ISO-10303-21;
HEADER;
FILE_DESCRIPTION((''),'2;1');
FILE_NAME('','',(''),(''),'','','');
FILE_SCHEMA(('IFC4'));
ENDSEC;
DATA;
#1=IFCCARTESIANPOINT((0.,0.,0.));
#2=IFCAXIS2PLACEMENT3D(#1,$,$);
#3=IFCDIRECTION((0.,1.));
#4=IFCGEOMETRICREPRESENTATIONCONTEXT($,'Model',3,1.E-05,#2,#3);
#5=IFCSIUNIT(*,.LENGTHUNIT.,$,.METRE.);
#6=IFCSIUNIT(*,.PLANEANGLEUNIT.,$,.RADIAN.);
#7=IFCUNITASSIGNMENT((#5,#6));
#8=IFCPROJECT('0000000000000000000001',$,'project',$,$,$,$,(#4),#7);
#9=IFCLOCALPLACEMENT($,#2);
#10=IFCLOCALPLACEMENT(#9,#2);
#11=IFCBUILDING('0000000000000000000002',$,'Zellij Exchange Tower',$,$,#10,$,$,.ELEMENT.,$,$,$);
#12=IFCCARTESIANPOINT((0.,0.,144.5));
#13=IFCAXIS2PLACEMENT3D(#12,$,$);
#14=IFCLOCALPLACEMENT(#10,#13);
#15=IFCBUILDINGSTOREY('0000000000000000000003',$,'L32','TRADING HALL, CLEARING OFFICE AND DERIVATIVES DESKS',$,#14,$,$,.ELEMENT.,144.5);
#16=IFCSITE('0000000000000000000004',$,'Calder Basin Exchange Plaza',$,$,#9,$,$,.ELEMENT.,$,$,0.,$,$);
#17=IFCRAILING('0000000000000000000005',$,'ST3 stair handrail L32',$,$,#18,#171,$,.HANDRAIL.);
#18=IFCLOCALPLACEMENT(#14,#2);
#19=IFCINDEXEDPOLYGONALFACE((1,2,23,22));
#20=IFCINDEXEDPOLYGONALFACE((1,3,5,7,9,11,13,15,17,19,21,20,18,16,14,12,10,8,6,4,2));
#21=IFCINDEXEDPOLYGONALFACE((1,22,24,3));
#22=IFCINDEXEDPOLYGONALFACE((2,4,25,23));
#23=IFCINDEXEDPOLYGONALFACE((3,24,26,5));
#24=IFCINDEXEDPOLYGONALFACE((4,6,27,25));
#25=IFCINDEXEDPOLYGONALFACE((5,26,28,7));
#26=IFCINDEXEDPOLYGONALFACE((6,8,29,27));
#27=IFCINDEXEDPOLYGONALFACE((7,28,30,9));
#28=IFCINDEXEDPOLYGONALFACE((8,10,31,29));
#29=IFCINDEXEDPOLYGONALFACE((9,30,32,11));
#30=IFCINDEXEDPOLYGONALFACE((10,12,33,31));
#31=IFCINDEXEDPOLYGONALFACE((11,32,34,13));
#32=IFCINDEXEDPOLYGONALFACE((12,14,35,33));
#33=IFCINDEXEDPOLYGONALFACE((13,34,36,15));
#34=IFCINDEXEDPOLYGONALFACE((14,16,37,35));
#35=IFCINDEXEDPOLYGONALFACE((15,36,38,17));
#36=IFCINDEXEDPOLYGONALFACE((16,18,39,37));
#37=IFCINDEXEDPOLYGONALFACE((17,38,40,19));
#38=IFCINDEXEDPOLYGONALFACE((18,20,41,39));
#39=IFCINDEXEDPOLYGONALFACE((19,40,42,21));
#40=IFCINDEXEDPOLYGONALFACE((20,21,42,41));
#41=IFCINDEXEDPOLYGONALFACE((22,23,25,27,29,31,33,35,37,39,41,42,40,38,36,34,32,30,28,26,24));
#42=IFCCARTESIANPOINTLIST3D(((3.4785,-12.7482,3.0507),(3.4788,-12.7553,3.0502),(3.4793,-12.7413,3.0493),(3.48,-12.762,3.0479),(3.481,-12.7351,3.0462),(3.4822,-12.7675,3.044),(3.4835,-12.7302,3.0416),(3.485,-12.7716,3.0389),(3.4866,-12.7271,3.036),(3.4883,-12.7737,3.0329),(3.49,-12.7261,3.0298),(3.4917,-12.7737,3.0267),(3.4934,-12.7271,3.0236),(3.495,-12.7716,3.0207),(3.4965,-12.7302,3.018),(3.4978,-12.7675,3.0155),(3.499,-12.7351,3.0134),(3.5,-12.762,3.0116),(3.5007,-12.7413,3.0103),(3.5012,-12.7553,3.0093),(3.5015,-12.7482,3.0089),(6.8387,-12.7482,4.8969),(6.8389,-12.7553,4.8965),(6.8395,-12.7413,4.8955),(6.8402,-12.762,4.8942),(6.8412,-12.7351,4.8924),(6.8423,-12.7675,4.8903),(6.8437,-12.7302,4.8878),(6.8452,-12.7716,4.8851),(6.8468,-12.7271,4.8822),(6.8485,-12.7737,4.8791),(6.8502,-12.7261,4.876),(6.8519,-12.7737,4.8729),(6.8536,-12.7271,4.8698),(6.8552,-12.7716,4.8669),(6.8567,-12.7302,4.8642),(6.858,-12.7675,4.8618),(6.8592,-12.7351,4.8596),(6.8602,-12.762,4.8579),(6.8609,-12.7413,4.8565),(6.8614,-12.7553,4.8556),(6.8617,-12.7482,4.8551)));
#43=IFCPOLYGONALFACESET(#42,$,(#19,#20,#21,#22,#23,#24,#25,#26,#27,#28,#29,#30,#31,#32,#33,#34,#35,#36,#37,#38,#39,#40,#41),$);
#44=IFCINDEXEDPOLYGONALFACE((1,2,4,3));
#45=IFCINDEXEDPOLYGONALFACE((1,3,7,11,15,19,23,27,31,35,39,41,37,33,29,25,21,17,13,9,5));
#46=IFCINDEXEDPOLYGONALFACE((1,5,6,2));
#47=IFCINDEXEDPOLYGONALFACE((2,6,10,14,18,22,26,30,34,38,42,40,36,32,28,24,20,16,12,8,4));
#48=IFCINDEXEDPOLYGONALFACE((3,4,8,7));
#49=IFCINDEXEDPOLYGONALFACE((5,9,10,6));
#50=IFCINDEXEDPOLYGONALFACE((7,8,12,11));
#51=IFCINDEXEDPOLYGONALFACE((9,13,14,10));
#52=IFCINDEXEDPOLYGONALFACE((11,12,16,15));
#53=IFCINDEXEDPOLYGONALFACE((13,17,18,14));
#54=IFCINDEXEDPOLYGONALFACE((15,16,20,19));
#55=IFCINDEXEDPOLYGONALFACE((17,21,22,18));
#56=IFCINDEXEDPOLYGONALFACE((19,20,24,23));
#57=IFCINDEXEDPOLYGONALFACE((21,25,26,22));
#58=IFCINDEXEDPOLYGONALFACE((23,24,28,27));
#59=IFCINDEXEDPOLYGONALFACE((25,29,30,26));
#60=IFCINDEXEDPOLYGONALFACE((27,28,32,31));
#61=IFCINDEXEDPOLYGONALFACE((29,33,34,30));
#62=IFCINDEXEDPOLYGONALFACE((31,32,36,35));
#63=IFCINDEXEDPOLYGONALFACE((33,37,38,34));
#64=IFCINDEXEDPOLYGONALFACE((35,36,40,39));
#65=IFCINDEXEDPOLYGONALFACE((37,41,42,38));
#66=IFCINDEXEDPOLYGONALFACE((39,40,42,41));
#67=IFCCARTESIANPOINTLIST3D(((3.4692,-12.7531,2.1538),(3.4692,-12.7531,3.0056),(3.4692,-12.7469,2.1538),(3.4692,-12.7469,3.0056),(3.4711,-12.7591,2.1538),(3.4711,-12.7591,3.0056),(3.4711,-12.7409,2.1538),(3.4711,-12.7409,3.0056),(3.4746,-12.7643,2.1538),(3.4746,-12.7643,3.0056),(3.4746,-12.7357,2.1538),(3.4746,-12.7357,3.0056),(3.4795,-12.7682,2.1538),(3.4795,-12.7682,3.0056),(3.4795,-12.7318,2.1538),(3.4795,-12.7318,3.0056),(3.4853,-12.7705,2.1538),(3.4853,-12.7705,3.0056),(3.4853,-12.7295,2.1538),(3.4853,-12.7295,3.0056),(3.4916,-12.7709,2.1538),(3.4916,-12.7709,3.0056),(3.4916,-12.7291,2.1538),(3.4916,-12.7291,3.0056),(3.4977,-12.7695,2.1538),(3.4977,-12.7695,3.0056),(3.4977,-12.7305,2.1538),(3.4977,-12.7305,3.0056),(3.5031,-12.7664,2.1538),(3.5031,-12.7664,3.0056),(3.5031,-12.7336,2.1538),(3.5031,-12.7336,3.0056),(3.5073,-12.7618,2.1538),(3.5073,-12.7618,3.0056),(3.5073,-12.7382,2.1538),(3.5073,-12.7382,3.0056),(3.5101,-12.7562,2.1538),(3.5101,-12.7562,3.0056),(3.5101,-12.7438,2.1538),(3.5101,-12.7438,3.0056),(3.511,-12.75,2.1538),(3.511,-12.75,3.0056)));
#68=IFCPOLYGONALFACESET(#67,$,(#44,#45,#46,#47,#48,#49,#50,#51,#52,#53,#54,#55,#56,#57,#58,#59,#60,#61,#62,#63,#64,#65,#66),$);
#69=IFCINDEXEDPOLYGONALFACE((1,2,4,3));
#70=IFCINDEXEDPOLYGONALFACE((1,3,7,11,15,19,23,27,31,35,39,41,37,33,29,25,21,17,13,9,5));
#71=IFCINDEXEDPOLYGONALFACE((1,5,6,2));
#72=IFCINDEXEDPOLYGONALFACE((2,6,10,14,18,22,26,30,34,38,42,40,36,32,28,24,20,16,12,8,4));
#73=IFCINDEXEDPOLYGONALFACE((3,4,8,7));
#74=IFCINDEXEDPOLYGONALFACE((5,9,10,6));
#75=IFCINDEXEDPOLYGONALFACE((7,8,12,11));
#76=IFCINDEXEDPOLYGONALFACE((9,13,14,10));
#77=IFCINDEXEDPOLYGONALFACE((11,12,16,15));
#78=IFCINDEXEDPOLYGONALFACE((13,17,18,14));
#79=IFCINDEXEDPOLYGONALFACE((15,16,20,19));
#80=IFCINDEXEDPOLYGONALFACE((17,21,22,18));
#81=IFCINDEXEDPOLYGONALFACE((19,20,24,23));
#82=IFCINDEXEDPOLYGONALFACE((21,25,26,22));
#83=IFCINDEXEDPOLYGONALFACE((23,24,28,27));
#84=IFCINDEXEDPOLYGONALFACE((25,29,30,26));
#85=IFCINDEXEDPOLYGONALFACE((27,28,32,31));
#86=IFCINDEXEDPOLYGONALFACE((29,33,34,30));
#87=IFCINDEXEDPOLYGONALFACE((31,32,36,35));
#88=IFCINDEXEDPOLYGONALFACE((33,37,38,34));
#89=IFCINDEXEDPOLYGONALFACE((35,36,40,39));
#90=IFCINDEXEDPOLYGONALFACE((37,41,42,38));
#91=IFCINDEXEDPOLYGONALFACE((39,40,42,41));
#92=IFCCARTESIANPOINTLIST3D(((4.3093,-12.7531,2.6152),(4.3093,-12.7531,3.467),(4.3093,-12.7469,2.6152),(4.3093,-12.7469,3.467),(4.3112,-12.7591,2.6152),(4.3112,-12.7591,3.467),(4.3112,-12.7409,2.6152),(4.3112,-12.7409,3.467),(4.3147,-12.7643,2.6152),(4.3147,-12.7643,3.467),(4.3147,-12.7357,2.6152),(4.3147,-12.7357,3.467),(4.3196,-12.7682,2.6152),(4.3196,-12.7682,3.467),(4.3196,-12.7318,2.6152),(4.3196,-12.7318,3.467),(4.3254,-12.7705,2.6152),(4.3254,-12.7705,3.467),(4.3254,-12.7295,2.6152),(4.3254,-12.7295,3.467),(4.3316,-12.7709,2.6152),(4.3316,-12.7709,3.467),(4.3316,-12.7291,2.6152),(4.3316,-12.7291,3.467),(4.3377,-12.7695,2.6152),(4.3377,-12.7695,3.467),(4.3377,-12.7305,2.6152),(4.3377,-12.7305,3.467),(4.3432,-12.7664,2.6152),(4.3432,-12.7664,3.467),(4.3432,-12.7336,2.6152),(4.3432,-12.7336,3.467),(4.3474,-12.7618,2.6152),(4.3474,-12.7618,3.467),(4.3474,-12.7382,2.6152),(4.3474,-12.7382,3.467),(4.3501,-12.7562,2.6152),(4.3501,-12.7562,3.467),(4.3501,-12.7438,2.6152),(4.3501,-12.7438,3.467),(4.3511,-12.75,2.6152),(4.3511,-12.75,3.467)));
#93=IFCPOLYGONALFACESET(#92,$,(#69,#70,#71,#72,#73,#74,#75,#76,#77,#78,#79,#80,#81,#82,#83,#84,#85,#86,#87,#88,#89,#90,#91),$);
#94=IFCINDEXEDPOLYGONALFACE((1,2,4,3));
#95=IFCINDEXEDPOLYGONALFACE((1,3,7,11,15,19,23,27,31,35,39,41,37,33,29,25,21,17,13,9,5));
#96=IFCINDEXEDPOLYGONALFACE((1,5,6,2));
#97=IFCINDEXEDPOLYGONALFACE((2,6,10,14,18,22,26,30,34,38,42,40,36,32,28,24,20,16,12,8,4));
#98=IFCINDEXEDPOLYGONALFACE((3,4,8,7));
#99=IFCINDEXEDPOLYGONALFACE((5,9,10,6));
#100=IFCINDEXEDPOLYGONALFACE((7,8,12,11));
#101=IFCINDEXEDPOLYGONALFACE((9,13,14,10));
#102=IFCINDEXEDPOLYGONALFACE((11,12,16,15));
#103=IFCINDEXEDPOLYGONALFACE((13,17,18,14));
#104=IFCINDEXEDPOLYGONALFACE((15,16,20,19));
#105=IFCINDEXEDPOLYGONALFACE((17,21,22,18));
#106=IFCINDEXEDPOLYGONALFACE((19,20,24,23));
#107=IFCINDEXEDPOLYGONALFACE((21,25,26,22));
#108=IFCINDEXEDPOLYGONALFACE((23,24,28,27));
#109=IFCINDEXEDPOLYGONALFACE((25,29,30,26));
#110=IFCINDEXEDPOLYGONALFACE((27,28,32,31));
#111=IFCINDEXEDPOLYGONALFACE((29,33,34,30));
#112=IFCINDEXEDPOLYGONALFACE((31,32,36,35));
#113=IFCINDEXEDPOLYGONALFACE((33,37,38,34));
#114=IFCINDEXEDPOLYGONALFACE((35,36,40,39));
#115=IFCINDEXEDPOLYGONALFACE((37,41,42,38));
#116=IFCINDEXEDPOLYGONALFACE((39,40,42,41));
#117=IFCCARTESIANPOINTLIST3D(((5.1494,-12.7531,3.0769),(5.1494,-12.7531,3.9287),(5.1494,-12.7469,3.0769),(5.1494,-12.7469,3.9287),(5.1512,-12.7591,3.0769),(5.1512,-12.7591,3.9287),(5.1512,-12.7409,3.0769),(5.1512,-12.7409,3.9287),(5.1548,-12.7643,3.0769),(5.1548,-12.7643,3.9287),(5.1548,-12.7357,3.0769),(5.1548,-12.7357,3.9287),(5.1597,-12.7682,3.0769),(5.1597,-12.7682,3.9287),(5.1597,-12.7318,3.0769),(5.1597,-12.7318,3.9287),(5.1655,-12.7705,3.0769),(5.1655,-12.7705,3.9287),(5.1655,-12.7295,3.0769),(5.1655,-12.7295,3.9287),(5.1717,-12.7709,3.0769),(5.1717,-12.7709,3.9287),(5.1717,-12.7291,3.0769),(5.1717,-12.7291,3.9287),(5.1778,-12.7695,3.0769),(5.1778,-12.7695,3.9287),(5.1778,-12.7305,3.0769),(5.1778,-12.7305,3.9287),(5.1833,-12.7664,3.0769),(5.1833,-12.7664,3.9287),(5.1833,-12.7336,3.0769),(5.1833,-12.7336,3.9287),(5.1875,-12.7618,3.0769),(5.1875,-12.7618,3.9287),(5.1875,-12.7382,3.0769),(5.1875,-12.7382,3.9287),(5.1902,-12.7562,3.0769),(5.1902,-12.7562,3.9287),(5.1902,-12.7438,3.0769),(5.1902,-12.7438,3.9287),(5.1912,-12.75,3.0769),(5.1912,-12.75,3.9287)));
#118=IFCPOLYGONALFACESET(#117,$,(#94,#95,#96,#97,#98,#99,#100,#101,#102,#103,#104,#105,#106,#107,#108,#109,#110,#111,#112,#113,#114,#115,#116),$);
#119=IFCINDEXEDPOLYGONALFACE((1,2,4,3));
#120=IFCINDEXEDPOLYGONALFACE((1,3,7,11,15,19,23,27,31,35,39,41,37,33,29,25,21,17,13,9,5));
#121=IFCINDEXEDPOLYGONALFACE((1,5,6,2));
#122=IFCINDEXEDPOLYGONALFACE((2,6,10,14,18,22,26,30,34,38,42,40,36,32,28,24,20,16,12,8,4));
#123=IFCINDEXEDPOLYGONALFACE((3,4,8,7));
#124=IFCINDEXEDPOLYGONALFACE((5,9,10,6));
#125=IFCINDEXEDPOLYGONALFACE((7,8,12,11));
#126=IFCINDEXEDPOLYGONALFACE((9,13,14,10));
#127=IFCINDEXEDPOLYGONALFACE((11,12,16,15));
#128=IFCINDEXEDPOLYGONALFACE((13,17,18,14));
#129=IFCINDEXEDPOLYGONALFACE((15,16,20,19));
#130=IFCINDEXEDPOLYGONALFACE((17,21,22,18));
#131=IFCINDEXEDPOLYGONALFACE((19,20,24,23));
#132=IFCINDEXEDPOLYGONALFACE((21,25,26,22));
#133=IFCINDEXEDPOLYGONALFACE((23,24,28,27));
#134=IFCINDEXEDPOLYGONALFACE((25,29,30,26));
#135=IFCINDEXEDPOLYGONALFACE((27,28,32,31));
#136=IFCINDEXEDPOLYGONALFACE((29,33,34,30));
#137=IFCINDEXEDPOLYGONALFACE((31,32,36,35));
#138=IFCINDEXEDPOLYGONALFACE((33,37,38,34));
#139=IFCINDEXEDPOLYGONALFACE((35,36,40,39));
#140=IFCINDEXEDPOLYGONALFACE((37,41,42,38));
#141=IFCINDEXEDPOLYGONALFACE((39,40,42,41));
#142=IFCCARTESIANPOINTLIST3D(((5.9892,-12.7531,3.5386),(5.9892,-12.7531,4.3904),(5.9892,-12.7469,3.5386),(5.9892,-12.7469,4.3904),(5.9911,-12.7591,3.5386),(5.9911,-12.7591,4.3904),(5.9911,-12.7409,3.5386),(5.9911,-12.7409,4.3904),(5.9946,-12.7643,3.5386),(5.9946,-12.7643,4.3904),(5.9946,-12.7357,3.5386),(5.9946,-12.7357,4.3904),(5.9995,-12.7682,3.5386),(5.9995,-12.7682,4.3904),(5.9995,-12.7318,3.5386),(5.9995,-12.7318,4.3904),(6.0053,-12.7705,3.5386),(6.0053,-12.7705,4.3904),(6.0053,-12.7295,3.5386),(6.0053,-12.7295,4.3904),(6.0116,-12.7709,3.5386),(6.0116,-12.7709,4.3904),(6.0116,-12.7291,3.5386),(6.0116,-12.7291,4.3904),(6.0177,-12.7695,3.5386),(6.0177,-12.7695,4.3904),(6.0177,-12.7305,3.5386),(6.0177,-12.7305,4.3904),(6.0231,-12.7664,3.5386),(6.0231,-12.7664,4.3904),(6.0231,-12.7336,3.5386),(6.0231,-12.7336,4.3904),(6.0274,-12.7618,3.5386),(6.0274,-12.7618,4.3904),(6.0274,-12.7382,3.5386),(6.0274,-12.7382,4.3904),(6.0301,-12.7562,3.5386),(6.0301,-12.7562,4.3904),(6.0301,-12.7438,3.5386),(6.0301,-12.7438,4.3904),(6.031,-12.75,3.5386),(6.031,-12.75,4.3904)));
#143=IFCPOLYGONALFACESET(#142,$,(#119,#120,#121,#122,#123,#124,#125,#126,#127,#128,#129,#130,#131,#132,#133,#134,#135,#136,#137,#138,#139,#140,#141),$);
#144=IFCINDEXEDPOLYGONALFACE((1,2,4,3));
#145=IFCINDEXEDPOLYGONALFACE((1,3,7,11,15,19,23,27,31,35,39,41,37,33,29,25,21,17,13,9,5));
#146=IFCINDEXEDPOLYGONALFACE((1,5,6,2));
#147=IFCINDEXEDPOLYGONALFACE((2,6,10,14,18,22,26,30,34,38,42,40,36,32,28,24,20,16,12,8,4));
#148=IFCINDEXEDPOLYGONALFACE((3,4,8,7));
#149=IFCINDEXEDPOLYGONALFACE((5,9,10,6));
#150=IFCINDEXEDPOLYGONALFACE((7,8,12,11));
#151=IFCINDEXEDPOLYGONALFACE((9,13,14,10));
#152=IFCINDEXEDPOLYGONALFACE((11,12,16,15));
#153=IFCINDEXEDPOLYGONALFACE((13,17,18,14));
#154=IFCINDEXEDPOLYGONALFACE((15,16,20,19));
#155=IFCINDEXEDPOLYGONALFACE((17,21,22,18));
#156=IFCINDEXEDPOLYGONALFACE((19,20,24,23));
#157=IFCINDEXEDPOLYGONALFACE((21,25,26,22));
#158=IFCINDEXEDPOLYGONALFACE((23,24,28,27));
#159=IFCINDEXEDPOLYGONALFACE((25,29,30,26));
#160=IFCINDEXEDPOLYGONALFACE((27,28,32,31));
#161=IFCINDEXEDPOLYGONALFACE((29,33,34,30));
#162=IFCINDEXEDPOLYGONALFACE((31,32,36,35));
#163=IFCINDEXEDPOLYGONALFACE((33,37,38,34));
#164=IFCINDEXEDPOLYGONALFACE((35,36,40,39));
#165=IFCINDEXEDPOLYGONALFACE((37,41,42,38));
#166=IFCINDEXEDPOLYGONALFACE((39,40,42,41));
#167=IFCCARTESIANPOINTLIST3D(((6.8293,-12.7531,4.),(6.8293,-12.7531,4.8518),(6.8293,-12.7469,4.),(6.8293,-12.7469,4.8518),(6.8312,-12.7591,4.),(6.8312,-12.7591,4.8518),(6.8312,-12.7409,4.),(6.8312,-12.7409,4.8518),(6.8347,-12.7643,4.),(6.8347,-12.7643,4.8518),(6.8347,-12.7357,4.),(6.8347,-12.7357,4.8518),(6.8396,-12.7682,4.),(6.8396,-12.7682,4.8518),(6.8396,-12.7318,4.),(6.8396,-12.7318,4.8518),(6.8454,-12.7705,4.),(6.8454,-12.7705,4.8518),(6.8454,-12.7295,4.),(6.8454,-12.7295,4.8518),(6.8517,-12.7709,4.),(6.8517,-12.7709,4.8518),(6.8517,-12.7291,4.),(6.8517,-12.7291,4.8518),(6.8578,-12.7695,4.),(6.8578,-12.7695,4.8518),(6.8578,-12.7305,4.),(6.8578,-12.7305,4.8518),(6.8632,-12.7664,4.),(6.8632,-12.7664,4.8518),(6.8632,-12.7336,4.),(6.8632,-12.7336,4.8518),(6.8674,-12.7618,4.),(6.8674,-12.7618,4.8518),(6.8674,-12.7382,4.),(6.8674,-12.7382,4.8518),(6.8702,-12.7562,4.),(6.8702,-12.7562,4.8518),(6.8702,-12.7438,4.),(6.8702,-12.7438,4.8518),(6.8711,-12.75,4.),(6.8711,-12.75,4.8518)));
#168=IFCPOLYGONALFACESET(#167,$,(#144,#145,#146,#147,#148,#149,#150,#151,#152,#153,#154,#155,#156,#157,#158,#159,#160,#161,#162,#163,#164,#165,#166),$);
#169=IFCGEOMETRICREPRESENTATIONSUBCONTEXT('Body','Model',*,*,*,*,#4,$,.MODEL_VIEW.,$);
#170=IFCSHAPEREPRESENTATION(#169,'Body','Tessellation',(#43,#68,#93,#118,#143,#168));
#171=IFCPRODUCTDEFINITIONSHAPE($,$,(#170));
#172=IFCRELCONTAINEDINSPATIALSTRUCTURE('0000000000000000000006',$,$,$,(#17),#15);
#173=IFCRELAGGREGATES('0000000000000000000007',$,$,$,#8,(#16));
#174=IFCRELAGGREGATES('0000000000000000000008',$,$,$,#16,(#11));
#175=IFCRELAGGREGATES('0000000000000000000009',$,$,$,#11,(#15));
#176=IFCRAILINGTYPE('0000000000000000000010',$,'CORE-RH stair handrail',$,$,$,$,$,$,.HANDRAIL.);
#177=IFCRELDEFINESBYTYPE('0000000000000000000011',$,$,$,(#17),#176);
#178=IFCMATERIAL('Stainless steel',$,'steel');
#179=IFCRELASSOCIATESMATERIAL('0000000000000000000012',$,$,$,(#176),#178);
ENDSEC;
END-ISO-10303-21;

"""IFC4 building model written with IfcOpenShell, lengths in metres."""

from ifc_helpers import new_model, si_unit, direction, frame, origin, origin_2d, place, context, subcontext, project, spatial, circle, extrude, material, type_object, element, save


model = new_model("IFC4")

# Units and contexts
model_context = context("Model", 3, precision=1e-05, world=origin(), true_north=direction((0.0, 1.0)))
body_context = subcontext(model_context, "Body", "Model", "MODEL_VIEW")
ifc_project = project(units=[si_unit("LENGTHUNIT", "METRE"), si_unit("PLANEANGLEUNIT", "RADIAN")], contexts=[model_context])

# Site, building, storey
site_placement = place(None, origin())
site = spatial("IfcSite", under=ifc_project, at=site_placement, Name="Calder Basin Exchange Plaza", CompositionType="ELEMENT", RefElevation=0.0)
building_placement = place(site_placement, origin())
building = spatial("IfcBuilding", under=site, at=building_placement, Name="Zellij Exchange Tower", CompositionType="ELEMENT")
storey_placement = place(building_placement, frame((0.0, 0.0, 144.5)))
storey = spatial("IfcBuildingStorey", under=building, at=storey_placement, Name="L32", Description="TRADING HALL, CLEARING OFFICE AND DERIVATIVES DESKS", CompositionType="ELEMENT", Elevation=144.5)

# Railing
ifc_material_1 = material(Name="Stainless steel", Category="steel")
railing_type_1 = type_object("IfcRailingType", Name="CORE-RH stair handrail", PredefinedType="HANDRAIL", material=ifc_material_1)
railing_1_placement = place(storey_placement, frame((3.49, -12.75, 2.1538)))
element("IfcRailing", 1, at=railing_1_placement, inside=storey, type_object=railing_type_1, Name="ST3 stair handrail L32", PredefinedType="HANDRAIL", context=body_context, shape_type="SweptSolid", body=[
    extrude(circle(Radius=0.0239, at=origin_2d()), frame((0.0, 0.0, 0.876), z_axis=(0.876422, 0.0, 0.481545), x_axis=(0.0, 1.0, 0.0)), (0.0, 0.0, 1.0), 3.834),
    extrude(circle(Radius=0.021, at=origin_2d()), origin(), (0.0, 0.0, 1.0), 0.8518),
    extrude(circle(Radius=0.021, at=origin_2d()), frame((0.8401, 0.0, 0.4614)), (0.0, 0.0, 1.0), 0.8518),
    extrude(circle(Radius=0.021, at=origin_2d()), frame((1.6802, 0.0, 0.9231)), (0.0, 0.0, 1.0), 0.8518),
    extrude(circle(Radius=0.021, at=origin_2d()), frame((2.52, 0.0, 1.3848)), (0.0, 0.0, 1.0), 0.8518),
    extrude(circle(Radius=0.021, at=origin_2d()), frame((3.3601, 0.0, 1.8462)), (0.0, 0.0, 1.0), 0.8518),
])

save(model, "model.ifc")
